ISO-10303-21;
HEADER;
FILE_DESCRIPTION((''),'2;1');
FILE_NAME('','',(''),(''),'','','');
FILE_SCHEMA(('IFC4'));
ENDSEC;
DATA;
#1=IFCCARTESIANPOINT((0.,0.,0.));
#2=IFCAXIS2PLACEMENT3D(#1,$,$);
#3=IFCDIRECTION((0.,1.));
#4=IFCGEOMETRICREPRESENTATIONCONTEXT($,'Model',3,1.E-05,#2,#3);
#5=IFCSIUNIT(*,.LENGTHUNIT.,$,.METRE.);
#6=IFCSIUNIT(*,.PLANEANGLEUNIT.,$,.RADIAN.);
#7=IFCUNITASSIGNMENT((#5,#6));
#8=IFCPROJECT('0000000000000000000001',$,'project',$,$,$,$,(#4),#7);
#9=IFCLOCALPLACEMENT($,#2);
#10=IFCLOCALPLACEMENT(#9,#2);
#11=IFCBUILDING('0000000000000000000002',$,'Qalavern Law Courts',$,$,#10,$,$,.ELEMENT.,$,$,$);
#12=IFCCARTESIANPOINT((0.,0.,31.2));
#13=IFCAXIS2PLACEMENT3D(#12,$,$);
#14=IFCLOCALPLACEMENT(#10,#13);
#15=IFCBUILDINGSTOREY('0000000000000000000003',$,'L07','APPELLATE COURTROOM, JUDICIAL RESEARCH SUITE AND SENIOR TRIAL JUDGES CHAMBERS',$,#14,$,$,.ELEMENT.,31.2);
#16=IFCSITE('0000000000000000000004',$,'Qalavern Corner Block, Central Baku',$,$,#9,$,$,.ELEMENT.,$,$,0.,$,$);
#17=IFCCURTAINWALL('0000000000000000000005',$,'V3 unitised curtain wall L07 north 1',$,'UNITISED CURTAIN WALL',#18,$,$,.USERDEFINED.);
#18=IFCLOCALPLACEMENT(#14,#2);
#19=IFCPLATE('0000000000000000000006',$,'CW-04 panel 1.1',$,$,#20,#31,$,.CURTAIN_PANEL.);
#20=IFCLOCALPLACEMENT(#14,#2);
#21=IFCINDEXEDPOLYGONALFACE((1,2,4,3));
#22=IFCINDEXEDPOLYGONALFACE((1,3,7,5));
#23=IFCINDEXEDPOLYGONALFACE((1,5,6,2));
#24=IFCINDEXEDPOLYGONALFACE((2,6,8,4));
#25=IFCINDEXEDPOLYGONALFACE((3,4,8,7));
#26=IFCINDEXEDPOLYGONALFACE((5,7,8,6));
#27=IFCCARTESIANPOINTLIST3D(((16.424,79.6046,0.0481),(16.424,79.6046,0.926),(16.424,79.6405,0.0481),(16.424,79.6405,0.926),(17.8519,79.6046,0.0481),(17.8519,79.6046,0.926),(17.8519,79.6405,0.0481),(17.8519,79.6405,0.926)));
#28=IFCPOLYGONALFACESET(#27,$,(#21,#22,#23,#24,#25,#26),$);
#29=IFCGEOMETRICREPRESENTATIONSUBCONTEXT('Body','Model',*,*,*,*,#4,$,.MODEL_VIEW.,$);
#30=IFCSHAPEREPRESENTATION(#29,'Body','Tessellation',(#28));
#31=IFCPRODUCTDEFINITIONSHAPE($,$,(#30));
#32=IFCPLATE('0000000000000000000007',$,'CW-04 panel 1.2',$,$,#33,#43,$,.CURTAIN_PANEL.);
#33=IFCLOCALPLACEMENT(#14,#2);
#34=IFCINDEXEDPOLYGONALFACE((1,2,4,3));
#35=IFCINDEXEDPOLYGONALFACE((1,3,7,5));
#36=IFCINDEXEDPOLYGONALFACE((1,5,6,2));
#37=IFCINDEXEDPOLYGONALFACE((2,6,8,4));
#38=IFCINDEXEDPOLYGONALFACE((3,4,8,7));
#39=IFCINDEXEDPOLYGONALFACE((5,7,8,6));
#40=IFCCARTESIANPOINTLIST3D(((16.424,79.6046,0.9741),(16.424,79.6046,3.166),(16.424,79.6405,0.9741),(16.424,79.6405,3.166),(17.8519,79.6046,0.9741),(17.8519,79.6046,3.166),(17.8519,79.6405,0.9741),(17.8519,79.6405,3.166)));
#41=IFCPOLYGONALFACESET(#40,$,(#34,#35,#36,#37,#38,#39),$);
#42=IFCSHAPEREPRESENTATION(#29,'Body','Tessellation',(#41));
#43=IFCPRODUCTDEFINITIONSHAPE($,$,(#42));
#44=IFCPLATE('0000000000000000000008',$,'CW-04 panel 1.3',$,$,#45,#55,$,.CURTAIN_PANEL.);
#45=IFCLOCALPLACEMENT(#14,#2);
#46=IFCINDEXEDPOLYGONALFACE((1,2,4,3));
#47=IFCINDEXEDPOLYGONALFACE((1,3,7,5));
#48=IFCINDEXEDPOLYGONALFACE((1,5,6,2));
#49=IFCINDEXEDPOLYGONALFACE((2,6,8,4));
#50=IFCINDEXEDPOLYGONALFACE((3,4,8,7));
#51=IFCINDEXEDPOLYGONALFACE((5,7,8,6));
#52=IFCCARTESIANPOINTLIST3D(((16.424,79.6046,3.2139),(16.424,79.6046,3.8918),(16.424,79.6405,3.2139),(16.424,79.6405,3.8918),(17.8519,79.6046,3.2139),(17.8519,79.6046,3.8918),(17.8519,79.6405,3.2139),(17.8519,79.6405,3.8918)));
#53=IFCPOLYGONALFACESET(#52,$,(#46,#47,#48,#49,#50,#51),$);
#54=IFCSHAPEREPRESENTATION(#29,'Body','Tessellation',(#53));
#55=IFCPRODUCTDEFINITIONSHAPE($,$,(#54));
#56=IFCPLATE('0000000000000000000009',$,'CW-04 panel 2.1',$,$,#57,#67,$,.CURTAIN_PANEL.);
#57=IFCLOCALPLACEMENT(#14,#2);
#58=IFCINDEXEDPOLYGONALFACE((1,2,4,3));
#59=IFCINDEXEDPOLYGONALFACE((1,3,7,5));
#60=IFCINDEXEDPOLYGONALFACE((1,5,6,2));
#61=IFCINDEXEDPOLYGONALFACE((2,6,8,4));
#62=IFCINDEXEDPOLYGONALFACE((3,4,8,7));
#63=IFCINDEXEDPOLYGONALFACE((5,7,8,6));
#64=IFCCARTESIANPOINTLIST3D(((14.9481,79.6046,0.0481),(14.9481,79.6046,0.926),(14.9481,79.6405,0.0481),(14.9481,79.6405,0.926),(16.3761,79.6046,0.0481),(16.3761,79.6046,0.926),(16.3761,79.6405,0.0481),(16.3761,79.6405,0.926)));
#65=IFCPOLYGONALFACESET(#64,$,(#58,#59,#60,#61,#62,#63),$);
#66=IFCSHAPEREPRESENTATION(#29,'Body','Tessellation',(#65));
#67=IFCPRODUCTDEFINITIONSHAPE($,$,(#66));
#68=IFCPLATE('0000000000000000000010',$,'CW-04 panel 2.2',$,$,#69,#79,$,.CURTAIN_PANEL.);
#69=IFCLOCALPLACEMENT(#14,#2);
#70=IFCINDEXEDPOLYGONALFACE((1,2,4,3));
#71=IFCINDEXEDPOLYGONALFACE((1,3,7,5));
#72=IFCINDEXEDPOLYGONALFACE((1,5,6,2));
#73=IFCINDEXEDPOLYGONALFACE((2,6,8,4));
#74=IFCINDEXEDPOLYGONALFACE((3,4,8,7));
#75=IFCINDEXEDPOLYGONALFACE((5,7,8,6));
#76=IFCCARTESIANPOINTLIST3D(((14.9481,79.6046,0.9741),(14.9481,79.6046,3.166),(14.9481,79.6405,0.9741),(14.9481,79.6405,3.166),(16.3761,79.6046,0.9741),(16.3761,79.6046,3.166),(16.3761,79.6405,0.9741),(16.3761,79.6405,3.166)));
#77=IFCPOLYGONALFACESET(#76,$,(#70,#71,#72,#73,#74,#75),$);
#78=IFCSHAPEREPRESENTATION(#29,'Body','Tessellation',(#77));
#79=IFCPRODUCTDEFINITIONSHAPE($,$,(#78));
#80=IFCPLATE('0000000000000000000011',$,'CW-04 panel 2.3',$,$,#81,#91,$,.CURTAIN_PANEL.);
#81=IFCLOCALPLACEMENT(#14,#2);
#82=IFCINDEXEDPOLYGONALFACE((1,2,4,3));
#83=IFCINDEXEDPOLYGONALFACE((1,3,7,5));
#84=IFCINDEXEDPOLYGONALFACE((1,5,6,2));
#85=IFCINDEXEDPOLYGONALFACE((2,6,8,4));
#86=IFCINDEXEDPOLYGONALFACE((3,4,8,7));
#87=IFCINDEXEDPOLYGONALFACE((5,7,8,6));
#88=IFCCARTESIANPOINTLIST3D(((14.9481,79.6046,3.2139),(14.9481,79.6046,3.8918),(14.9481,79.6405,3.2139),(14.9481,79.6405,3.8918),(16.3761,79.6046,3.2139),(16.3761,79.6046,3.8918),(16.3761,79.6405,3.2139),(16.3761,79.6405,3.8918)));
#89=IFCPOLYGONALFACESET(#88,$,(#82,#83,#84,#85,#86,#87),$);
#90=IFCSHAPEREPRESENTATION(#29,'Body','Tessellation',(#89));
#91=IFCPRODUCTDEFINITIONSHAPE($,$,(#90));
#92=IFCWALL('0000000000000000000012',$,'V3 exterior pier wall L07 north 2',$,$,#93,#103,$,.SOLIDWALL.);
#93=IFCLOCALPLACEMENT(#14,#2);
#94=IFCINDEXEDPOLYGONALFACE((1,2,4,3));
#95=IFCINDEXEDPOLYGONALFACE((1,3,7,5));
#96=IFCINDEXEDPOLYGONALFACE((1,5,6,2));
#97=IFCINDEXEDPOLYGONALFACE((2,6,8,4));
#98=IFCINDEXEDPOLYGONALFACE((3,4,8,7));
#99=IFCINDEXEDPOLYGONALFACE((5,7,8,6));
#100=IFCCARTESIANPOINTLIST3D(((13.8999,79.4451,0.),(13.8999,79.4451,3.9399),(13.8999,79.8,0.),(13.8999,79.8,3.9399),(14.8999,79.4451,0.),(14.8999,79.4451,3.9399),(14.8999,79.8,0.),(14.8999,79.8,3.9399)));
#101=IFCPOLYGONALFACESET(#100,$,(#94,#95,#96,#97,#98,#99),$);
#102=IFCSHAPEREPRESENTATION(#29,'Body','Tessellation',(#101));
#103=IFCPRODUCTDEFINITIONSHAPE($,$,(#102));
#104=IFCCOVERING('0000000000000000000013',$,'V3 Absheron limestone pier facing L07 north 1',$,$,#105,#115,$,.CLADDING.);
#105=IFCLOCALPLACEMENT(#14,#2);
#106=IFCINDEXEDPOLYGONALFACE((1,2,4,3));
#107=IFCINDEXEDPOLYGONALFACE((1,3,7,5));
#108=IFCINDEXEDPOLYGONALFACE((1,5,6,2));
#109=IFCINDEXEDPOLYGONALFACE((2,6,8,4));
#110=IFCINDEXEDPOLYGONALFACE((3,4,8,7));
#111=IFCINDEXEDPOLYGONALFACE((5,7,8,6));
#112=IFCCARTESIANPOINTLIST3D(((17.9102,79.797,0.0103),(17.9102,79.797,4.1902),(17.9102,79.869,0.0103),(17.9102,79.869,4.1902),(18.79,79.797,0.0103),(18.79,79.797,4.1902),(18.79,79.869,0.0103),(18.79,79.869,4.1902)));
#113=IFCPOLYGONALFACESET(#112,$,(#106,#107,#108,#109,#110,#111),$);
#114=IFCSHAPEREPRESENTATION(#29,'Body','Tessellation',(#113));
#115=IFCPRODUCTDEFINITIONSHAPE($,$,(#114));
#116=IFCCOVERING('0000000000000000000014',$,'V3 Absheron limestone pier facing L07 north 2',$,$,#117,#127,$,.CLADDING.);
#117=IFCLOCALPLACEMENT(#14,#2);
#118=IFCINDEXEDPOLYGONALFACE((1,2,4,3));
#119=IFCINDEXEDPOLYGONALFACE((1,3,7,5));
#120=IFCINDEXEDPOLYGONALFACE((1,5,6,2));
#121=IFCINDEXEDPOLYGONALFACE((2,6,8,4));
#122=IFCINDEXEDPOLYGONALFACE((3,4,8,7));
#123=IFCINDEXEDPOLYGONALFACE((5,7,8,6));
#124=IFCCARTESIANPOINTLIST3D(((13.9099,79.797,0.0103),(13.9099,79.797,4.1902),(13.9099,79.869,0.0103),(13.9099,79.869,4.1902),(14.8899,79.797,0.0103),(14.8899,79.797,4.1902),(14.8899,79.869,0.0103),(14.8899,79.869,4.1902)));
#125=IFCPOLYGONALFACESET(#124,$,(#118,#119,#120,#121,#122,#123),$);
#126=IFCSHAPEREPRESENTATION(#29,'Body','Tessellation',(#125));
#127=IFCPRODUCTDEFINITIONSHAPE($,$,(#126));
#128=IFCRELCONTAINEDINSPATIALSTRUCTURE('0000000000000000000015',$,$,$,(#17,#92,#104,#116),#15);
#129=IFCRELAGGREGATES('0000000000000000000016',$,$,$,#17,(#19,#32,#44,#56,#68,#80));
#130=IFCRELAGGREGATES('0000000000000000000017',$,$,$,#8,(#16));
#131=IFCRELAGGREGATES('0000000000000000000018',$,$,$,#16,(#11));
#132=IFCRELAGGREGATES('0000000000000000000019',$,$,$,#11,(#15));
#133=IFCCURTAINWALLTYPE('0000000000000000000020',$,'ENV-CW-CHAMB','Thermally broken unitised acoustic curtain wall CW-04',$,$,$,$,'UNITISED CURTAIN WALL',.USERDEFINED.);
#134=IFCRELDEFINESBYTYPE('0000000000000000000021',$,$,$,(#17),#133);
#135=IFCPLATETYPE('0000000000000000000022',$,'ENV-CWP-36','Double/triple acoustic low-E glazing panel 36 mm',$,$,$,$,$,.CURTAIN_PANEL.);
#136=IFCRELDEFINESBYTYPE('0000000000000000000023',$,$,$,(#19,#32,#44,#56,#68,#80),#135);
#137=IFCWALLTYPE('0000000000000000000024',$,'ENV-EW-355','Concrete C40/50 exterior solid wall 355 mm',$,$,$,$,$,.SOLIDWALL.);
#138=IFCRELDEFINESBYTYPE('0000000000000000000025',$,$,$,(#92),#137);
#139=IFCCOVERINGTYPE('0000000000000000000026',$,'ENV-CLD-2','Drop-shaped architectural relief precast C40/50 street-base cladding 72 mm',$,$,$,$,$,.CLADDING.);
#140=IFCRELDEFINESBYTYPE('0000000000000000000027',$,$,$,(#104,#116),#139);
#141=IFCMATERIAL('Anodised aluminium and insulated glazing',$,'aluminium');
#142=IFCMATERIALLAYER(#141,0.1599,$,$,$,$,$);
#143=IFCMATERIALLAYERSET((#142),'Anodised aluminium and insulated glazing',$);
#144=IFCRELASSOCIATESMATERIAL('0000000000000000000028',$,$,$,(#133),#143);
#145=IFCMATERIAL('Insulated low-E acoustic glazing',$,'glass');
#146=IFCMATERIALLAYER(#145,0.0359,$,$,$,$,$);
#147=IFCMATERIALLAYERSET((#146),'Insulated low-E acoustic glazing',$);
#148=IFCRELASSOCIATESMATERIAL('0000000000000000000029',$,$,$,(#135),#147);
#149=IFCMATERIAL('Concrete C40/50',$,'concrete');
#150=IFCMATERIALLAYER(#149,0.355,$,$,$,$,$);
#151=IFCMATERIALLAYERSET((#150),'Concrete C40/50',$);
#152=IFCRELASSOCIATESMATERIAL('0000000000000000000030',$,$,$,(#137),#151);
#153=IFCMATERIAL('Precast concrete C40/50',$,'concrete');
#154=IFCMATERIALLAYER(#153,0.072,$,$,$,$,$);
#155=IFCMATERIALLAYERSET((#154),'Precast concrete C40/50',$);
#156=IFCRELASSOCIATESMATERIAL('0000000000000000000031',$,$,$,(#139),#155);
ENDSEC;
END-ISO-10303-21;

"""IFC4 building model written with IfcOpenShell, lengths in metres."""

from ifc_helpers import new_model, si_unit, direction, frame, frame_2d, origin, origin_2d, place, context, subcontext, project, spatial, rectangle, extrude, material, layer, layer_set, type_object, element, aggregate, save


model = new_model("IFC4")

# Units and contexts
model_context = context("Model", 3, precision=1e-05, world=origin(), true_north=direction((0.0, 1.0)))
body_context = subcontext(model_context, "Body", "Model", "MODEL_VIEW")
ifc_project = project(units=[si_unit("LENGTHUNIT", "METRE"), si_unit("PLANEANGLEUNIT", "RADIAN")], contexts=[model_context])

# Site, building, storey
site_placement = place(None, origin())
site = spatial("IfcSite", under=ifc_project, at=site_placement, Name="Qalavern Corner Block, Central Baku", CompositionType="ELEMENT", RefElevation=0.0)
building_placement = place(site_placement, origin())
building = spatial("IfcBuilding", under=site, at=building_placement, Name="Qalavern Law Courts", CompositionType="ELEMENT")
storey_placement = place(building_placement, frame((0.0, 0.0, 31.2)))
storey = spatial("IfcBuildingStorey", under=building, at=storey_placement, Name="L07", Description="APPELLATE COURTROOM, JUDICIAL RESEARCH SUITE AND SENIOR TRIAL JUDGES CHAMBERS", CompositionType="ELEMENT", Elevation=31.2)

# Curtain wall, plates
ifc_material_1 = material(Name="Anodised aluminium and insulated glazing", Category="aluminium")
ifc_layer_1 = layer(ifc_material_1, 0.1599)
ifc_layer_set_1 = layer_set([ifc_layer_1], Name="Anodised aluminium and insulated glazing")
curtain_wall_type = type_object("IfcCurtainWallType", Name="ENV-CW-CHAMB", Description="Thermally broken unitised acoustic curtain wall CW-04", ElementType="UNITISED CURTAIN WALL", PredefinedType="USERDEFINED", material=ifc_layer_set_1)
curtain_wall_placement = place(storey_placement, origin())
curtain_wall = element("IfcCurtainWall", 1, at=curtain_wall_placement, inside=storey, type_object=curtain_wall_type, Name="V3 unitised curtain wall L07 north 1", ObjectType="UNITISED CURTAIN WALL", PredefinedType="USERDEFINED")
ifc_material_2 = material(Name="Insulated low-E acoustic glazing", Category="glass")
ifc_layer_2 = layer(ifc_material_2, 0.0359)
ifc_layer_set_2 = layer_set([ifc_layer_2], Name="Insulated low-E acoustic glazing")
plate_type = type_object("IfcPlateType", Name="ENV-CWP-36", Description="Double/triple acoustic low-E glazing panel 36 mm", PredefinedType="CURTAIN_PANEL", material=ifc_layer_set_2)
plate_1_placement = place(storey_placement, frame((17.1379, 79.6226, 0.0481), z_axis=(0.0, 0.0, 1.0), x_axis=(-1.0, 0.0, 0.0)))
plate_1 = element("IfcPlate", 2, at=plate_1_placement, type_object=plate_type, Name="CW-04 panel 1.1", PredefinedType="CURTAIN_PANEL", context=body_context, shape_type="SweptSolid", body=[
    extrude(rectangle(XDim=1.428, YDim=0.0359, at=origin_2d()), origin(), (0.0, 0.0, 1.0), 0.8779),
])
plate_2_placement = place(storey_placement, frame((17.1379, 79.6226, 0.9741), z_axis=(0.0, 0.0, 1.0), x_axis=(-1.0, 0.0, 0.0)))
plate_2 = element("IfcPlate", 3, at=plate_2_placement, type_object=plate_type, Name="CW-04 panel 1.2", PredefinedType="CURTAIN_PANEL", context=body_context, shape_type="SweptSolid", body=[
    extrude(rectangle(XDim=1.428, YDim=0.0359, at=origin_2d()), origin(), (0.0, 0.0, 1.0), 2.1919),
])
plate_3_placement = place(storey_placement, frame((17.1379, 79.6226, 3.2139), z_axis=(0.0, 0.0, 1.0), x_axis=(-1.0, 0.0, 0.0)))
plate_3 = element("IfcPlate", 4, at=plate_3_placement, type_object=plate_type, Name="CW-04 panel 1.3", PredefinedType="CURTAIN_PANEL", context=body_context, shape_type="SweptSolid", body=[
    extrude(rectangle(XDim=1.428, YDim=0.0359, at=origin_2d()), origin(), (0.0, 0.0, 1.0), 0.678),
])
plate_4_placement = place(storey_placement, frame((15.6621, 79.6226, 0.0481), z_axis=(0.0, 0.0, 1.0), x_axis=(-1.0, 0.0, 0.0)))
plate_4 = element("IfcPlate", 5, at=plate_4_placement, type_object=plate_type, Name="CW-04 panel 2.1", PredefinedType="CURTAIN_PANEL", context=body_context, shape_type="SweptSolid", body=[
    extrude(rectangle(XDim=1.428, YDim=0.0359, at=origin_2d()), origin(), (0.0, 0.0, 1.0), 0.8779),
])
plate_5_placement = place(storey_placement, frame((15.6621, 79.6226, 0.9741), z_axis=(0.0, 0.0, 1.0), x_axis=(-1.0, 0.0, 0.0)))
plate_5 = element("IfcPlate", 6, at=plate_5_placement, type_object=plate_type, Name="CW-04 panel 2.2", PredefinedType="CURTAIN_PANEL", context=body_context, shape_type="SweptSolid", body=[
    extrude(rectangle(XDim=1.428, YDim=0.0359, at=origin_2d()), origin(), (0.0, 0.0, 1.0), 2.1919),
])
plate_6_placement = place(storey_placement, frame((15.6621, 79.6226, 3.2139), z_axis=(0.0, 0.0, 1.0), x_axis=(-1.0, 0.0, 0.0)))
plate_6 = element("IfcPlate", 7, at=plate_6_placement, type_object=plate_type, Name="CW-04 panel 2.3", PredefinedType="CURTAIN_PANEL", context=body_context, shape_type="SweptSolid", body=[
    extrude(rectangle(XDim=1.428, YDim=0.0359, at=origin_2d()), origin(), (0.0, 0.0, 1.0), 0.678),
])
aggregate(curtain_wall, [plate_1, plate_2, plate_3, plate_4, plate_5, plate_6])

# Wall
ifc_material_3 = material(Name="Concrete C40/50", Category="concrete")
ifc_layer_3 = layer(ifc_material_3, 0.355)
ifc_layer_set_3 = layer_set([ifc_layer_3], Name="Concrete C40/50")
wall_type = type_object("IfcWallType", Name="ENV-EW-355", Description="Concrete C40/50 exterior solid wall 355 mm", PredefinedType="SOLIDWALL", material=ifc_layer_set_3)
wall_placement = place(storey_placement, frame((14.8999, 79.6226, 0.0), z_axis=(0.0, 0.0, 1.0), x_axis=(-1.0, 0.0, 0.0)))
element("IfcWall", 8, at=wall_placement, inside=storey, type_object=wall_type, Name="V3 exterior pier wall L07 north 2", PredefinedType="SOLIDWALL", context=body_context, shape_type="SweptSolid", body=[
    extrude(rectangle(XDim=1.0, YDim=0.355, at=frame_2d((0.5, 0.0))), origin(), (0.0, 0.0, 1.0), 3.9399),
])

# Coverings
ifc_material_4 = material(Name="Precast concrete C40/50", Category="concrete")
ifc_layer_4 = layer(ifc_material_4, 0.072)
ifc_layer_set_4 = layer_set([ifc_layer_4], Name="Precast concrete C40/50")
covering_type = type_object("IfcCoveringType", Name="ENV-CLD-2", Description="Drop-shaped architectural relief precast C40/50 street-base cladding 72 mm", PredefinedType="CLADDING", material=ifc_layer_set_4)
covering_1_placement = place(storey_placement, frame((18.3501, 79.833, 0.0103), z_axis=(0.0, 0.0, 1.0), x_axis=(-1.0, 0.0, 0.0)))
element("IfcCovering", 9, at=covering_1_placement, inside=storey, type_object=covering_type, Name="V3 Absheron limestone pier facing L07 north 1", PredefinedType="CLADDING", context=body_context, shape_type="SweptSolid", body=[
    extrude(rectangle(XDim=0.8799, YDim=0.072, at=origin_2d()), origin(), (0.0, 0.0, 1.0), 4.1799),
])
covering_2_placement = place(storey_placement, frame((14.3999, 79.833, 0.0103), z_axis=(0.0, 0.0, 1.0), x_axis=(-1.0, 0.0, 0.0)))
element("IfcCovering", 10, at=covering_2_placement, inside=storey, type_object=covering_type, Name="V3 Absheron limestone pier facing L07 north 2", PredefinedType="CLADDING", context=body_context, shape_type="SweptSolid", body=[
    extrude(rectangle(XDim=0.98, YDim=0.072, at=origin_2d()), origin(), (0.0, 0.0, 1.0), 4.1799),
])

save(model, "model.ifc")
